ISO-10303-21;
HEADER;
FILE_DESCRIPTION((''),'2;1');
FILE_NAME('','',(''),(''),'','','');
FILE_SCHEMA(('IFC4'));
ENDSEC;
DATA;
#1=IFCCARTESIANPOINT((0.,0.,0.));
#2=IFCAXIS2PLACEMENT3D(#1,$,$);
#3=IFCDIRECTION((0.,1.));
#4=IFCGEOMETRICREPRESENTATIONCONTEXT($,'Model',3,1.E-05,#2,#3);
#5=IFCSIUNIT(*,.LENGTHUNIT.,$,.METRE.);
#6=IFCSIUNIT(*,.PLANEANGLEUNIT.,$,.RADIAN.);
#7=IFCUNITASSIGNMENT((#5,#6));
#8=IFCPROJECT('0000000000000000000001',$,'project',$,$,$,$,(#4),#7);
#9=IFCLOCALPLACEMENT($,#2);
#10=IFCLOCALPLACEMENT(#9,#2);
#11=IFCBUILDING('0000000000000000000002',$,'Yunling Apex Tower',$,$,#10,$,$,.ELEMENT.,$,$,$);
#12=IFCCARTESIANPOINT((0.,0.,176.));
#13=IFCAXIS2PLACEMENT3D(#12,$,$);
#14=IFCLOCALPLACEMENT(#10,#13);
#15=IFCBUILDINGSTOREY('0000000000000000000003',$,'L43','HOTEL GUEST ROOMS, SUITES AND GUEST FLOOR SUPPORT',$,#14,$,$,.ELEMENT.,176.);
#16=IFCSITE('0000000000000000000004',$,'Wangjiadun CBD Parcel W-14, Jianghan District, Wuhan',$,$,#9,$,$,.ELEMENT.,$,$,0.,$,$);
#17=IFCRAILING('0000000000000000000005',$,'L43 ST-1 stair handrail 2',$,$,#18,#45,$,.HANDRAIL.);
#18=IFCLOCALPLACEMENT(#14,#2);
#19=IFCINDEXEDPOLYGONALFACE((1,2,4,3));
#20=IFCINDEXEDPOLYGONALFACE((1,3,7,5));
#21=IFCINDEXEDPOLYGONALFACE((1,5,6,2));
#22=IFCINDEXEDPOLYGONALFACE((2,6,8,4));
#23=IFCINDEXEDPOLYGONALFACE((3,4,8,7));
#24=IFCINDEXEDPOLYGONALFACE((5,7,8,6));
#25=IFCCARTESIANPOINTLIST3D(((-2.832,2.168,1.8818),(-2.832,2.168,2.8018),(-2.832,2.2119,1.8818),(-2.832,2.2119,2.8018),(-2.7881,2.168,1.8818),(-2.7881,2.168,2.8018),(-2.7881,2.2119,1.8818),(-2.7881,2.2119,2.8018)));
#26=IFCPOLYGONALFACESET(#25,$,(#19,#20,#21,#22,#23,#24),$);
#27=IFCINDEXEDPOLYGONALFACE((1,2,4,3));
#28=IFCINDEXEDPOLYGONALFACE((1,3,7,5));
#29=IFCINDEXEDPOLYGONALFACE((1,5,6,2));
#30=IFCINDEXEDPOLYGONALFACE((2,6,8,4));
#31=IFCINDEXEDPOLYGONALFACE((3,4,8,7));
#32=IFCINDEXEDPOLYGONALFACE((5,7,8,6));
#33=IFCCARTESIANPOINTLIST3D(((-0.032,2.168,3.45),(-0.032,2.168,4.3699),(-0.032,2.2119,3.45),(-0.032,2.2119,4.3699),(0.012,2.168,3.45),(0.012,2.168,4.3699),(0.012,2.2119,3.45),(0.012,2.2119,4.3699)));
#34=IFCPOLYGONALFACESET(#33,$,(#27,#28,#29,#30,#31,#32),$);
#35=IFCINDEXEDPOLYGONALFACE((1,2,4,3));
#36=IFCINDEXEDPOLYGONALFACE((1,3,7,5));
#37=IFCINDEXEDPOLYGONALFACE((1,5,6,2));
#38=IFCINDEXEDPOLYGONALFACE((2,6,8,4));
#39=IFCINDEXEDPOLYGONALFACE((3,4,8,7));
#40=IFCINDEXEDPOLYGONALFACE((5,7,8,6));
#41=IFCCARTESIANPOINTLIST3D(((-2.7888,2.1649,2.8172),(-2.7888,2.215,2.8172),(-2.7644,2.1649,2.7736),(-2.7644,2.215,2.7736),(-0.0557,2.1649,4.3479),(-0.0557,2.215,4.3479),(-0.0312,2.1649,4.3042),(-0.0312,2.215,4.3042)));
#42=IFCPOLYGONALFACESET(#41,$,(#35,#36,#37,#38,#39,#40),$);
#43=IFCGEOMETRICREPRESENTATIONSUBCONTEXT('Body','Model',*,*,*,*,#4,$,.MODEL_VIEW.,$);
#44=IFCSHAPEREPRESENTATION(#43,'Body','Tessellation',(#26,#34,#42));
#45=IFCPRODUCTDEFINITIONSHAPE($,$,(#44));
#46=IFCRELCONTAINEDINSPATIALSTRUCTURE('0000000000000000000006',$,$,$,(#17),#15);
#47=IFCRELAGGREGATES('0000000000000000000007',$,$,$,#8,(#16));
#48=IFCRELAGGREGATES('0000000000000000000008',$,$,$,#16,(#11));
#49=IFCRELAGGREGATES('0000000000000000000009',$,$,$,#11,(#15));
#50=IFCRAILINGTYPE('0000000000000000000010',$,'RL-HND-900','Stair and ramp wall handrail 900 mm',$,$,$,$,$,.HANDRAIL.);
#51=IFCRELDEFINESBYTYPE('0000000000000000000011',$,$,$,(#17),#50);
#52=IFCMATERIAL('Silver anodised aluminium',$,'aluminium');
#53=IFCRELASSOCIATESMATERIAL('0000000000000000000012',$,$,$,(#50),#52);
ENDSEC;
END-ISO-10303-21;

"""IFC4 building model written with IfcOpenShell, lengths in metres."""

from ifc_helpers import new_model, si_unit, direction, frame, origin, origin_2d, place, context, subcontext, project, spatial, rectangle, extrude, material, type_object, element, save


model = new_model("IFC4")

# Units and contexts
model_context = context("Model", 3, precision=1e-05, world=origin(), true_north=direction((0.0, 1.0)))
body_context = subcontext(model_context, "Body", "Model", "MODEL_VIEW")
ifc_project = project(units=[si_unit("LENGTHUNIT", "METRE"), si_unit("PLANEANGLEUNIT", "RADIAN")], contexts=[model_context])

# Site, building, storey
site_placement = place(None, origin())
site = spatial("IfcSite", under=ifc_project, at=site_placement, Name="Wangjiadun CBD Parcel W-14, Jianghan District, Wuhan", CompositionType="ELEMENT", RefElevation=0.0)
building_placement = place(site_placement, origin())
building = spatial("IfcBuilding", under=site, at=building_placement, Name="Yunling Apex Tower", CompositionType="ELEMENT")
storey_placement = place(building_placement, frame((0.0, 0.0, 176.0)))
storey = spatial("IfcBuildingStorey", under=building, at=storey_placement, Name="L43", Description="HOTEL GUEST ROOMS, SUITES AND GUEST FLOOR SUPPORT", CompositionType="ELEMENT", Elevation=176.0)

# Railing
ifc_material_1 = material(Name="Silver anodised aluminium", Category="aluminium")
railing_type_1 = type_object("IfcRailingType", Name="RL-HND-900", Description="Stair and ramp wall handrail 900 mm", PredefinedType="HANDRAIL", material=ifc_material_1)
railing_1_placement = place(storey_placement, frame((-2.8101, 2.1899, 1.8818)))
element("IfcRailing", 1, at=railing_1_placement, inside=storey, type_object=railing_type_1, Name="L43 ST-1 stair handrail 2", PredefinedType="HANDRAIL", context=body_context, shape_type="SweptSolid", body=[
    extrude(rectangle(XDim=0.0439, YDim=0.0439, at=origin_2d()), origin(), (0.0, 0.0, 1.0), 0.9199),
    extrude(rectangle(XDim=0.0439, YDim=0.0439, at=origin_2d()), frame((2.8, 0.0, 1.5681)), (0.0, 0.0, 1.0), 0.9199),
    extrude(rectangle(XDim=0.05, YDim=0.05, at=origin_2d()), frame((0.0334, 0.0, 0.9136), z_axis=(0.872494, 0.0, 0.488624), x_axis=(0.0, 1.0, 0.0)), (0.0, 0.0, 1.0), 3.1326),
])

save(model, "model.ifc")
